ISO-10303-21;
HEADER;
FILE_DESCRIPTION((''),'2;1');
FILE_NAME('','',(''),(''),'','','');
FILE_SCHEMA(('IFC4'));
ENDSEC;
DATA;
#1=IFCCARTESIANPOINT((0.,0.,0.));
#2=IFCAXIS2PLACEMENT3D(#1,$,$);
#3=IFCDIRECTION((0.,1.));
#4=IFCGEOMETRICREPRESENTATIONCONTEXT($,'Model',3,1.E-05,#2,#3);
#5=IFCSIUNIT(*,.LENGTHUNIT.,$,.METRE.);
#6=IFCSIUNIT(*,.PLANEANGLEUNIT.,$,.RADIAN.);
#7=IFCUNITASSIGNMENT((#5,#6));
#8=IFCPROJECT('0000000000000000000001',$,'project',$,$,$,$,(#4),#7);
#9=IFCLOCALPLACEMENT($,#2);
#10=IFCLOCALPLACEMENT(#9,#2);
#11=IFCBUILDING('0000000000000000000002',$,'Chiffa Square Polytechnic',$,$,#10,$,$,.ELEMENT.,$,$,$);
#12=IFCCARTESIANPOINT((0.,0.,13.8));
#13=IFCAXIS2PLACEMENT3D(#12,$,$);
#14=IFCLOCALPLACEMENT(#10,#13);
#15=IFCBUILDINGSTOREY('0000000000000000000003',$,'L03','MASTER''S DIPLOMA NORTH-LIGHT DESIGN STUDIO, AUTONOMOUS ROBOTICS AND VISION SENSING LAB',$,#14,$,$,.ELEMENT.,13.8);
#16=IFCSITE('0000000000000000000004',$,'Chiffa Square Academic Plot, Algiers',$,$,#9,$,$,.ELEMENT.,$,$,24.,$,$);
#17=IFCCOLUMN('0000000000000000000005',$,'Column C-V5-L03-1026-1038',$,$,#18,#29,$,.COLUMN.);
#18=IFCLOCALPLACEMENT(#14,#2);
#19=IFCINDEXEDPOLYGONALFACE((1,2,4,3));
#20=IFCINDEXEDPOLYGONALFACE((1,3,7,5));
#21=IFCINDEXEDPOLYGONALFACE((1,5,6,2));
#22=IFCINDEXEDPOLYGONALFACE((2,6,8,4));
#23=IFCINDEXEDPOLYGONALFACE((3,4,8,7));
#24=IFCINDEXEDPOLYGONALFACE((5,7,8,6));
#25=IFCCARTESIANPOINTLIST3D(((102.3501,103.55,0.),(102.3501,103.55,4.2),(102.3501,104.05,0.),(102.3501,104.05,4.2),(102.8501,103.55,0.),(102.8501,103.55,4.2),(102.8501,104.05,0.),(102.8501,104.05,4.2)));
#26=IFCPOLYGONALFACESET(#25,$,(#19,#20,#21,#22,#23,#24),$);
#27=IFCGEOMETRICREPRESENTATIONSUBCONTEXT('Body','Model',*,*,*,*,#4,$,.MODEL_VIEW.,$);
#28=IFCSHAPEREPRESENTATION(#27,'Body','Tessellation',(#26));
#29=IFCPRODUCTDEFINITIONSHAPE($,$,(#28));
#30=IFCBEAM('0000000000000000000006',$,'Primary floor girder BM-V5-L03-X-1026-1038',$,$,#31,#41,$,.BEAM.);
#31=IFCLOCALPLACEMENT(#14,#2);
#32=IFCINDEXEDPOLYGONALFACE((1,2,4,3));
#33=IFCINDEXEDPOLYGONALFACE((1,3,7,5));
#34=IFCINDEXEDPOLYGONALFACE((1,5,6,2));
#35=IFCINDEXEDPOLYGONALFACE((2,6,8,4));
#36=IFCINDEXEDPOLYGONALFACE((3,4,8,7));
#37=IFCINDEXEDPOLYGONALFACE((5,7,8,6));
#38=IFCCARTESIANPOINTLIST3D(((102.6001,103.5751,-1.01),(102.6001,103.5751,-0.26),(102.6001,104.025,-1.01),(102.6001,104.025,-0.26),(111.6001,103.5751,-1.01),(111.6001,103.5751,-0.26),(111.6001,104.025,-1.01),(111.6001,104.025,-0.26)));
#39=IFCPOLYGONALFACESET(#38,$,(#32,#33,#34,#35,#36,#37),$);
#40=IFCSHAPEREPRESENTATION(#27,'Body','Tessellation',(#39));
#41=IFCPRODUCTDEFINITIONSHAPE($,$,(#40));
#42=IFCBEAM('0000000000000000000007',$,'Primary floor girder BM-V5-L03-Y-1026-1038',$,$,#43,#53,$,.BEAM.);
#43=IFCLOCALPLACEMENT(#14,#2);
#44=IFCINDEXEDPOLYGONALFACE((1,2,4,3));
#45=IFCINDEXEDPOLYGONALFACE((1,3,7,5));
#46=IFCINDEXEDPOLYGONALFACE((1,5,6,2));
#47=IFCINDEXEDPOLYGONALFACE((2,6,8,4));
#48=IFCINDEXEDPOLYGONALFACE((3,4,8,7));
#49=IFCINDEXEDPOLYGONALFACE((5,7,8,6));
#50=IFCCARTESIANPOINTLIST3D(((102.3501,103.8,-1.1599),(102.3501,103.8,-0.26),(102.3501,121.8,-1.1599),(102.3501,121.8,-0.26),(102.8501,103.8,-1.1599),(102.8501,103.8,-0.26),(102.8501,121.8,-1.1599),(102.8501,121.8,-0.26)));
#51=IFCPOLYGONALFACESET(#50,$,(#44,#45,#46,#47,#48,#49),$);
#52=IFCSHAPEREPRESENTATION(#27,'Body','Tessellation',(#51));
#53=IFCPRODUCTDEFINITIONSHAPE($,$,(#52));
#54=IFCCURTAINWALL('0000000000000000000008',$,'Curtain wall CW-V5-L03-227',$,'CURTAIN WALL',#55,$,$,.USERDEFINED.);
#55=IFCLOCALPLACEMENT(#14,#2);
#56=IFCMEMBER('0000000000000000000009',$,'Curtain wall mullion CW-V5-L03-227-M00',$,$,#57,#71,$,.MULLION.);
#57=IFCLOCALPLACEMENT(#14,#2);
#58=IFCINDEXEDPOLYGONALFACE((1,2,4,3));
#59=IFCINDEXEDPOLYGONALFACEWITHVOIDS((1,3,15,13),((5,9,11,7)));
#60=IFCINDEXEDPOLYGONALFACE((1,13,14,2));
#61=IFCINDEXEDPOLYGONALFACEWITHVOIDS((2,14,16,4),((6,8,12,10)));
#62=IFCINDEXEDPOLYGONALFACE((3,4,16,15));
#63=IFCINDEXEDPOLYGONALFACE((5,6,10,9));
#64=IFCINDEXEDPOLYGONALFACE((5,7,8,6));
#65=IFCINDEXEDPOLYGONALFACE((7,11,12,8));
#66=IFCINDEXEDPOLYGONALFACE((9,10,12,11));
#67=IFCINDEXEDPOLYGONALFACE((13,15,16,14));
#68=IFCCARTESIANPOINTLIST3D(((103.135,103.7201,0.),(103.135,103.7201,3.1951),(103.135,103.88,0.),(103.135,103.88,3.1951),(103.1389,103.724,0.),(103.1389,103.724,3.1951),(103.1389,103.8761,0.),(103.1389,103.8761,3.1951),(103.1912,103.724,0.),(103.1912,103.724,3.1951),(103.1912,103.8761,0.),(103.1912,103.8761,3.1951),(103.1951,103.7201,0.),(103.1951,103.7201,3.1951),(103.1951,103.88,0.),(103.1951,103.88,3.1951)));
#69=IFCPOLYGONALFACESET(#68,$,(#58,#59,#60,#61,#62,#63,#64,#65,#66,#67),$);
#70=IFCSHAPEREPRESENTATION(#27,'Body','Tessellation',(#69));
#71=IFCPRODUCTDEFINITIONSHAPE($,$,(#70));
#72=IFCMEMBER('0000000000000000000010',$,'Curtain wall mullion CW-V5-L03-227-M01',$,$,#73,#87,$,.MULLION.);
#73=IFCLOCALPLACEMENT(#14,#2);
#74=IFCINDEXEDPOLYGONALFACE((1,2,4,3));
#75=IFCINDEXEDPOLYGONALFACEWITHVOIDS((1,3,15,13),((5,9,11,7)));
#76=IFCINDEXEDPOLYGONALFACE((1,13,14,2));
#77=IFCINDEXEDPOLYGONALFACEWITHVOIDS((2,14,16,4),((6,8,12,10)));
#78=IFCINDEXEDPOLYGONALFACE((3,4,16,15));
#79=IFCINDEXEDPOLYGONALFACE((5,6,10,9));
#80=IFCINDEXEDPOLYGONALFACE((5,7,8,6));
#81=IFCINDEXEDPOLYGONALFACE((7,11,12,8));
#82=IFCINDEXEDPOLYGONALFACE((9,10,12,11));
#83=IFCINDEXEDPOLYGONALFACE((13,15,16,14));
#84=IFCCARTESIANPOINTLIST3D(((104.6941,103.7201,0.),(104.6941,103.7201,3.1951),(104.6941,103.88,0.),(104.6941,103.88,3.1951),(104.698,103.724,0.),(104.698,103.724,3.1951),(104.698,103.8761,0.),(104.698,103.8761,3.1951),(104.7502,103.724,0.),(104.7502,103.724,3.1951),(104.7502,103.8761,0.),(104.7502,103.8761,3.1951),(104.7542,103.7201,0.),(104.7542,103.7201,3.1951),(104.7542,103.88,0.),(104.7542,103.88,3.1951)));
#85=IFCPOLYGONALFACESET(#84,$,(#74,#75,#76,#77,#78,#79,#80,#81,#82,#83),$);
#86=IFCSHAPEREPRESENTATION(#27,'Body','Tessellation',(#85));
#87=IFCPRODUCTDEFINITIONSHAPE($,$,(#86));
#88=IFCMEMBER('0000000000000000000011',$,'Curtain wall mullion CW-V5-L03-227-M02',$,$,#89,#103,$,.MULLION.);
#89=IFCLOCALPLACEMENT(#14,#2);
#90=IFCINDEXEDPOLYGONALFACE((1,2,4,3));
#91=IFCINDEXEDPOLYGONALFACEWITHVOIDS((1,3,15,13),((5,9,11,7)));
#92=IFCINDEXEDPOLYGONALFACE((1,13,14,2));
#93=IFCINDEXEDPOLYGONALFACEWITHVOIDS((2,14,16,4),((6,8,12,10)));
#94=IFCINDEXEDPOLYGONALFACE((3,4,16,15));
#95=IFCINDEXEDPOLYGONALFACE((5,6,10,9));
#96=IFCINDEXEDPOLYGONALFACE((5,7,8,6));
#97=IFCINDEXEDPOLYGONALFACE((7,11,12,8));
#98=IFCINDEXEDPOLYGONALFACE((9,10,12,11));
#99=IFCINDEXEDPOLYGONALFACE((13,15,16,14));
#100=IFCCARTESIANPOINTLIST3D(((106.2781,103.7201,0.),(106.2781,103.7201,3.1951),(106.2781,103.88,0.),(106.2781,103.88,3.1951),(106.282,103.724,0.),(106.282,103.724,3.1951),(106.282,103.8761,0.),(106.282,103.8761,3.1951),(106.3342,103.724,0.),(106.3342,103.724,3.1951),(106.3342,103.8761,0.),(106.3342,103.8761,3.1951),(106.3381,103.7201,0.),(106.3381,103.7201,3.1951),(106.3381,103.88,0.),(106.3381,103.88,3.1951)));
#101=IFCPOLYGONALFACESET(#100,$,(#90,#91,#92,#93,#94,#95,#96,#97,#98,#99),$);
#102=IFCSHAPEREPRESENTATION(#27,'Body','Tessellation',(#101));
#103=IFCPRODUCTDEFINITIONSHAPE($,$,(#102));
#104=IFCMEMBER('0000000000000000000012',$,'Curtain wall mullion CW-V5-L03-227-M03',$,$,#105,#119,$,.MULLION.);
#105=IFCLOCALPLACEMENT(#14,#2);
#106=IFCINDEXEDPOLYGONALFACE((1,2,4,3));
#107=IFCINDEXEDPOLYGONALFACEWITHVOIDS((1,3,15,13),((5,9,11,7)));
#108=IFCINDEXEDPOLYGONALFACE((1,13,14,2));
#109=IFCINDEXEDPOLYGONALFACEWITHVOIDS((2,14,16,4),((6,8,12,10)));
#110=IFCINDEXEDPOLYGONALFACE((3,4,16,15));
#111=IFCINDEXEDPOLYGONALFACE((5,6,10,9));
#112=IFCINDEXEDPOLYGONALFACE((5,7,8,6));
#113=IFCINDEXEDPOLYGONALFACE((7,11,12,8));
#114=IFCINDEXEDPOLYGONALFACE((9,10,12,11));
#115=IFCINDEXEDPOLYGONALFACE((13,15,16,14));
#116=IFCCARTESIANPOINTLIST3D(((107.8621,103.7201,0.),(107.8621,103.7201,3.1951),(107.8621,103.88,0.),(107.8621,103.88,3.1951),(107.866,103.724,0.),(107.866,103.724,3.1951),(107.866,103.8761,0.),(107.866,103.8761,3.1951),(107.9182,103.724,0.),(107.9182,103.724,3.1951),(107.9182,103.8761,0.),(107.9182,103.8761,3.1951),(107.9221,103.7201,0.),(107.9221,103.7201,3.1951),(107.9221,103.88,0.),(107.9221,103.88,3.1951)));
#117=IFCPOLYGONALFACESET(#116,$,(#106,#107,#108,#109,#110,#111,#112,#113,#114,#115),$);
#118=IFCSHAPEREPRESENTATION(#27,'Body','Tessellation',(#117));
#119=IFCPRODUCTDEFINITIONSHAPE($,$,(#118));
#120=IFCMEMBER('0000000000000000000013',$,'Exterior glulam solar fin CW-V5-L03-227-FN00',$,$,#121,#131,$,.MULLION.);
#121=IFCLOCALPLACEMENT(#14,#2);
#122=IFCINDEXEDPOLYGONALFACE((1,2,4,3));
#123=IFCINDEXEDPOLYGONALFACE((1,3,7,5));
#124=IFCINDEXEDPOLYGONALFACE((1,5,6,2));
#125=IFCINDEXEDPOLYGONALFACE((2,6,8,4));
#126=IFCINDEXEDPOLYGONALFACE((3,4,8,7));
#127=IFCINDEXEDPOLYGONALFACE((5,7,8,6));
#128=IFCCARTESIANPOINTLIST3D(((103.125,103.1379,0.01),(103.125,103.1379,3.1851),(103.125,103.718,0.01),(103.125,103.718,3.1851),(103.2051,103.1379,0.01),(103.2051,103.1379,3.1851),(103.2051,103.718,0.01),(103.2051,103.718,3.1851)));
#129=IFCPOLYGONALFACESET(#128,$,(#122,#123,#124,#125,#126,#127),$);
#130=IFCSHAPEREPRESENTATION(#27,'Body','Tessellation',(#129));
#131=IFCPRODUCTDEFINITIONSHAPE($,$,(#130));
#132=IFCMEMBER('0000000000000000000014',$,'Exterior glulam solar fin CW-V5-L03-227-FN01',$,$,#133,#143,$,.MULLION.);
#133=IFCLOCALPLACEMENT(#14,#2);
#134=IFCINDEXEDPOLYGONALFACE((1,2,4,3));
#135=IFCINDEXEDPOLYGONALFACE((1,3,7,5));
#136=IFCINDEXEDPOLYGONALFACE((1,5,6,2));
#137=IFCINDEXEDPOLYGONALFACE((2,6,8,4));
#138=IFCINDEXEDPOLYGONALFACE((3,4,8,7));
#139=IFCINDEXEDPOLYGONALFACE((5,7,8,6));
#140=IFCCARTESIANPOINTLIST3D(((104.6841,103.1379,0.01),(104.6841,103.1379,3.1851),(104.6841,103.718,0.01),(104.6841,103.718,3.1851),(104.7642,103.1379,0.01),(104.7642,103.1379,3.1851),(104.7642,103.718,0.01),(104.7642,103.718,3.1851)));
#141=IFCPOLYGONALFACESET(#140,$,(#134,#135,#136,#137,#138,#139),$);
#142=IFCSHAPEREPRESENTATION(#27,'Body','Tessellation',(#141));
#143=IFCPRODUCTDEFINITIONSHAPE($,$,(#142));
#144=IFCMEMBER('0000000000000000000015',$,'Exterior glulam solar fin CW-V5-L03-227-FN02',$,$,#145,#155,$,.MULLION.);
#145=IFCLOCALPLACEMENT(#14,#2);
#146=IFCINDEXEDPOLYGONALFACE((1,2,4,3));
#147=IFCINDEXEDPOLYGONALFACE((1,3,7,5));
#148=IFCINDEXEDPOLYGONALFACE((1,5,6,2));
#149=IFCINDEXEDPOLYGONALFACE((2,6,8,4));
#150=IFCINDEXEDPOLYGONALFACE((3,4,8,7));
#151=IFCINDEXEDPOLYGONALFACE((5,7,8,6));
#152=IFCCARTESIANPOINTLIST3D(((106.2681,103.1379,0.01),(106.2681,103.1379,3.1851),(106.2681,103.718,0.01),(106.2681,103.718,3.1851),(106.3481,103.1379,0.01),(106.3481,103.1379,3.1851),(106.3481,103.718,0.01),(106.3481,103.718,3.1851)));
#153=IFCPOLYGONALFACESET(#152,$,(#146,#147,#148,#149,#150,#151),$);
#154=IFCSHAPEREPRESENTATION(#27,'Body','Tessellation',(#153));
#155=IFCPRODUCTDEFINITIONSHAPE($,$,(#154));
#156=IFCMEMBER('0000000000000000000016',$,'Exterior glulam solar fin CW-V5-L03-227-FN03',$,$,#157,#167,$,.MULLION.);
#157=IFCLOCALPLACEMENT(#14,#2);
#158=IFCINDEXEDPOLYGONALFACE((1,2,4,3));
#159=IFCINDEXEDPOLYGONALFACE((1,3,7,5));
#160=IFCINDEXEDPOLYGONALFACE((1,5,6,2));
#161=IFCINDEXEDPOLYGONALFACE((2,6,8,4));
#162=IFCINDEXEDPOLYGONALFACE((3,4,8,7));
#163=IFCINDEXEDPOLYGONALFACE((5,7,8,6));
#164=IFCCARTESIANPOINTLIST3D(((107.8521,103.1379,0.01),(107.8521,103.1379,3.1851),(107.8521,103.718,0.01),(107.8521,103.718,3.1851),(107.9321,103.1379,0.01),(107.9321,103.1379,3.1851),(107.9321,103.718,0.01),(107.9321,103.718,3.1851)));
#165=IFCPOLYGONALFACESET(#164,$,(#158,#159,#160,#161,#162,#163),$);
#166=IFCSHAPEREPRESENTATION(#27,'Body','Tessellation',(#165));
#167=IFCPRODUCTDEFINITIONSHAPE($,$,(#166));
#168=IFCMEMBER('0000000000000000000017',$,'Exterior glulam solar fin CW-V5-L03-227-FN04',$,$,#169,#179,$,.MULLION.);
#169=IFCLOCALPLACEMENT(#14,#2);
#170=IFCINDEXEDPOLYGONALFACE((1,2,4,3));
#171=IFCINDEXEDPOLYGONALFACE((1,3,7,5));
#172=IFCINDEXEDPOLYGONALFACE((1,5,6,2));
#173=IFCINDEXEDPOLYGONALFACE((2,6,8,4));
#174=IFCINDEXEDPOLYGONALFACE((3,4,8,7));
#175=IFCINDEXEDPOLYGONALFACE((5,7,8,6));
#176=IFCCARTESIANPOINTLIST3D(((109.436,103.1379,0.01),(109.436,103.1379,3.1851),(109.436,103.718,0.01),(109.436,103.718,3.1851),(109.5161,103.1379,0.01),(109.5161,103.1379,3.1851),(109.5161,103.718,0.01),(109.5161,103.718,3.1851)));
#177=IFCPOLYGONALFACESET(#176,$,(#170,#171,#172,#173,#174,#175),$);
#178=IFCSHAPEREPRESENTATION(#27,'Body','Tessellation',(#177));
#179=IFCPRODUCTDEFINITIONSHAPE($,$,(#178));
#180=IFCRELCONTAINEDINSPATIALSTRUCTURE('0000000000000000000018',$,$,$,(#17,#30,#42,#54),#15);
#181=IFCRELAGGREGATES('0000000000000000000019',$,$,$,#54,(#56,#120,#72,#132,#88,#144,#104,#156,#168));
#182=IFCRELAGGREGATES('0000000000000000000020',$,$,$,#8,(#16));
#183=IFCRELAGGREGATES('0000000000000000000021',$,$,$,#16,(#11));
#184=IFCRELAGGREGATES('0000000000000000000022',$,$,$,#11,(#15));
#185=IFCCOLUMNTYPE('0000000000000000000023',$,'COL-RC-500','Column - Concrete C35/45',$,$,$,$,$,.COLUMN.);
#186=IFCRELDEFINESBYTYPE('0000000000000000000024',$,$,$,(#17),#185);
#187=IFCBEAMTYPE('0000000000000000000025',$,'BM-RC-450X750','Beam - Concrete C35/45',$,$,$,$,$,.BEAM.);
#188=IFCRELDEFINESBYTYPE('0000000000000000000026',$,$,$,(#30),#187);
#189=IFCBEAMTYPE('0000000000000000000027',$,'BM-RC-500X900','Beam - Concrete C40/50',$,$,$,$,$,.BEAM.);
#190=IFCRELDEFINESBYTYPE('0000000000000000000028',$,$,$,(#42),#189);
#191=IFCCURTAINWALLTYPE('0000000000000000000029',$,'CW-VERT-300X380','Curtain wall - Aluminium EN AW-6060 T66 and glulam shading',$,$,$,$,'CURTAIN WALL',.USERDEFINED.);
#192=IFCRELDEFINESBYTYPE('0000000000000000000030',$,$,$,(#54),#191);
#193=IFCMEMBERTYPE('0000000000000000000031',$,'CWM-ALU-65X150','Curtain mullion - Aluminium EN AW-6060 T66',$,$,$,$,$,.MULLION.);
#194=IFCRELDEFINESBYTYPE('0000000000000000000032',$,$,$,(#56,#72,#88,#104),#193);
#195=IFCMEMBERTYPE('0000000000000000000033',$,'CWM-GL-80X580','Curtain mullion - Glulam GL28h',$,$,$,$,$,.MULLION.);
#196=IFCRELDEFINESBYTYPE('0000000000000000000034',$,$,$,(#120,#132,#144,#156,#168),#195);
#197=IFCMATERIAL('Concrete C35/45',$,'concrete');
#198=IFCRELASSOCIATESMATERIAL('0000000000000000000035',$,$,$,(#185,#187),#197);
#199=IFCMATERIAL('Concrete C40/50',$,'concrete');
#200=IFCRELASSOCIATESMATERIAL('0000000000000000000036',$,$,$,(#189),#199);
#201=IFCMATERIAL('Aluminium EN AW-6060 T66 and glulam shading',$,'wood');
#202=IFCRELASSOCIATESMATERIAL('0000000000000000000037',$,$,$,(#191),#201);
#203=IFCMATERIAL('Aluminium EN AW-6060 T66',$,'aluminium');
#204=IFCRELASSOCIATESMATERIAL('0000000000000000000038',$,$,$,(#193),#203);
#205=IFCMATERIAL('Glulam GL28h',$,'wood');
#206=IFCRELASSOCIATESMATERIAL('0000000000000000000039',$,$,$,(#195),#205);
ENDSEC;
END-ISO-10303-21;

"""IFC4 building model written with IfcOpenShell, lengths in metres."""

from ifc_helpers import new_model, si_unit, direction, frame, origin, origin_2d, place, context, subcontext, project, spatial, rectangle, hollow_rectangle, extrude, material, material_profile, profile_set, type_object, element, aggregate, save


model = new_model("IFC4")

# Units and contexts
model_context = context("Model", 3, precision=1e-05, world=origin(), true_north=direction((0.0, 1.0)))
body_context = subcontext(model_context, "Body", "Model", "MODEL_VIEW")
ifc_project = project(units=[si_unit("LENGTHUNIT", "METRE"), si_unit("PLANEANGLEUNIT", "RADIAN")], contexts=[model_context])

# Site, building, storey
site_placement = place(None, origin())
site = spatial("IfcSite", under=ifc_project, at=site_placement, Name="Chiffa Square Academic Plot, Algiers", CompositionType="ELEMENT", RefElevation=24.0)
building_placement = place(site_placement, origin())
building = spatial("IfcBuilding", under=site, at=building_placement, Name="Chiffa Square Polytechnic", CompositionType="ELEMENT")
storey_placement = place(building_placement, frame((0.0, 0.0, 13.8)))
storey = spatial("IfcBuildingStorey", under=building, at=storey_placement, Name="L03", Description="MASTER'S DIPLOMA NORTH-LIGHT DESIGN STUDIO, AUTONOMOUS ROBOTICS AND VISION SENSING LAB", CompositionType="ELEMENT", Elevation=13.8)

# Column
ifc_material_1 = material(Name="Concrete C35/45", Category="concrete")
ifc_material_profile_1 = material_profile(ifc_material_1, rectangle(XDim=0.5, YDim=0.5, at=origin_2d()), Name="RC 500x500")
ifc_profile_set_1 = profile_set([ifc_material_profile_1], Name="Concrete C35/45")
column_type = type_object("IfcColumnType", Name="COL-RC-500", Description="Column - Concrete C35/45", PredefinedType="COLUMN", material=ifc_profile_set_1)
column_placement = place(storey_placement, frame((102.6001, 103.8, 0.0), z_axis=(0.0, 0.0, 1.0), x_axis=(1.0, 0.0, 0.0)))
element("IfcColumn", 1, at=column_placement, inside=storey, type_object=column_type, Name="Column C-V5-L03-1026-1038", PredefinedType="COLUMN", context=body_context, shape_type="SweptSolid", body=[
    extrude(rectangle(XDim=0.5, YDim=0.5, at=origin_2d()), origin(), (0.0, 0.0, 1.0), 4.2),
])

# Beams
ifc_material_profile_2 = material_profile(ifc_material_1, rectangle(XDim=0.45, YDim=0.75, at=origin_2d()), Name="RC 450x750")
ifc_profile_set_2 = profile_set([ifc_material_profile_2], Name="Concrete C35/45")
beam_type_1 = type_object("IfcBeamType", Name="BM-RC-450X750", Description="Beam - Concrete C35/45", PredefinedType="BEAM", material=ifc_profile_set_2)
beam_1_placement = place(storey_placement, frame((102.6001, 103.8, -0.635), z_axis=(1.0, 0.0, 0.0), x_axis=(0.0, 1.0, 0.0)))
element("IfcBeam", 2, at=beam_1_placement, inside=storey, type_object=beam_type_1, Name="Primary floor girder BM-V5-L03-X-1026-1038", PredefinedType="BEAM", context=body_context, shape_type="SweptSolid", body=[
    extrude(rectangle(XDim=0.45, YDim=0.75, at=origin_2d()), origin(), (0.0, 0.0, 1.0), 9.0),
])
ifc_material_2 = material(Name="Concrete C40/50", Category="concrete")
ifc_material_profile_3 = material_profile(ifc_material_2, rectangle(XDim=0.5, YDim=0.8999, at=origin_2d()), Name="RC 500x900")
ifc_profile_set_3 = profile_set([ifc_material_profile_3], Name="Concrete C40/50")
beam_type_2 = type_object("IfcBeamType", Name="BM-RC-500X900", Description="Beam - Concrete C40/50", PredefinedType="BEAM", material=ifc_profile_set_3)
beam_2_placement = place(storey_placement, frame((102.6001, 103.8, -0.71), z_axis=(0.0, 1.0, 0.0), x_axis=(-1.0, 0.0, 0.0)))
element("IfcBeam", 3, at=beam_2_placement, inside=storey, type_object=beam_type_2, Name="Primary floor girder BM-V5-L03-Y-1026-1038", PredefinedType="BEAM", context=body_context, shape_type="SweptSolid", body=[
    extrude(rectangle(XDim=0.5, YDim=0.8999, at=origin_2d()), origin(), (0.0, 0.0, 1.0), 18.0),
])

# Curtain wall, members
ifc_material_3 = material(Name="Aluminium EN AW-6060 T66 and glulam shading", Category="wood")
curtain_wall_type = type_object("IfcCurtainWallType", Name="CW-VERT-300X380", Description="Curtain wall - Aluminium EN AW-6060 T66 and glulam shading", ElementType="CURTAIN WALL", PredefinedType="USERDEFINED", material=ifc_material_3)
curtain_wall_placement = place(storey_placement, origin())
curtain_wall = element("IfcCurtainWall", 4, at=curtain_wall_placement, inside=storey, type_object=curtain_wall_type, Name="Curtain wall CW-V5-L03-227", ObjectType="CURTAIN WALL", PredefinedType="USERDEFINED")
ifc_material_4 = material(Name="Aluminium EN AW-6060 T66", Category="aluminium")
ifc_material_profile_4 = material_profile(ifc_material_4, hollow_rectangle(XDim=0.0601, YDim=0.1599, WallThickness=0.0039, at=origin_2d()), Name="ALU 60x160x4")
ifc_profile_set_4 = profile_set([ifc_material_profile_4], Name="Aluminium EN AW-6060 T66")
member_type_1 = type_object("IfcMemberType", Name="CWM-ALU-65X150", Description="Curtain mullion - Aluminium EN AW-6060 T66", PredefinedType="MULLION", material=ifc_profile_set_4)
member_1_placement = place(storey_placement, frame((103.165, 103.8, 0.0), z_axis=(0.0, 0.0, 1.0), x_axis=(1.0, 0.0, 0.0)))
member_1 = element("IfcMember", 5, at=member_1_placement, type_object=member_type_1, Name="Curtain wall mullion CW-V5-L03-227-M00", PredefinedType="MULLION", context=body_context, shape_type="SweptSolid", body=[
    extrude(hollow_rectangle(XDim=0.0601, YDim=0.1599, WallThickness=0.0039, at=origin_2d()), origin(), (0.0, 0.0, 1.0), 3.1951),
])
member_2_placement = place(storey_placement, frame((104.7241, 103.8, 0.0), z_axis=(0.0, 0.0, 1.0), x_axis=(1.0, 0.0, 0.0)))
member_2 = element("IfcMember", 6, at=member_2_placement, type_object=member_type_1, Name="Curtain wall mullion CW-V5-L03-227-M01", PredefinedType="MULLION", context=body_context, shape_type="SweptSolid", body=[
    extrude(hollow_rectangle(XDim=0.0601, YDim=0.1599, WallThickness=0.0039, at=origin_2d()), origin(), (0.0, 0.0, 1.0), 3.1951),
])
member_3_placement = place(storey_placement, frame((106.3081, 103.8, 0.0), z_axis=(0.0, 0.0, 1.0), x_axis=(1.0, 0.0, 0.0)))
member_3 = element("IfcMember", 7, at=member_3_placement, type_object=member_type_1, Name="Curtain wall mullion CW-V5-L03-227-M02", PredefinedType="MULLION", context=body_context, shape_type="SweptSolid", body=[
    extrude(hollow_rectangle(XDim=0.0601, YDim=0.1599, WallThickness=0.0039, at=origin_2d()), origin(), (0.0, 0.0, 1.0), 3.1951),
])
member_4_placement = place(storey_placement, frame((107.8921, 103.8, 0.0), z_axis=(0.0, 0.0, 1.0), x_axis=(1.0, 0.0, 0.0)))
member_4 = element("IfcMember", 8, at=member_4_placement, type_object=member_type_1, Name="Curtain wall mullion CW-V5-L03-227-M03", PredefinedType="MULLION", context=body_context, shape_type="SweptSolid", body=[
    extrude(hollow_rectangle(XDim=0.0601, YDim=0.1599, WallThickness=0.0039, at=origin_2d()), origin(), (0.0, 0.0, 1.0), 3.1951),
])
ifc_material_5 = material(Name="Glulam GL28h", Category="wood")
ifc_material_profile_5 = material_profile(ifc_material_5, rectangle(XDim=0.0801, YDim=0.5801, at=origin_2d()), Name="GL28h 80x580")
ifc_profile_set_5 = profile_set([ifc_material_profile_5], Name="Glulam GL28h")
member_type_2 = type_object("IfcMemberType", Name="CWM-GL-80X580", Description="Curtain mullion - Glulam GL28h", PredefinedType="MULLION", material=ifc_profile_set_5)
member_5_placement = place(storey_placement, frame((103.165, 103.428, 0.01), z_axis=(0.0, 0.0, 1.0), x_axis=(1.0, 0.0, 0.0)))
member_5 = element("IfcMember", 9, at=member_5_placement, type_object=member_type_2, Name="Exterior glulam solar fin CW-V5-L03-227-FN00", PredefinedType="MULLION", context=body_context, shape_type="SweptSolid", body=[
    extrude(rectangle(XDim=0.0801, YDim=0.5801, at=origin_2d()), origin(), (0.0, 0.0, 1.0), 3.175),
])
member_6_placement = place(storey_placement, frame((104.7241, 103.428, 0.01), z_axis=(0.0, 0.0, 1.0), x_axis=(1.0, 0.0, 0.0)))
member_6 = element("IfcMember", 10, at=member_6_placement, type_object=member_type_2, Name="Exterior glulam solar fin CW-V5-L03-227-FN01", PredefinedType="MULLION", context=body_context, shape_type="SweptSolid", body=[
    extrude(rectangle(XDim=0.0801, YDim=0.5801, at=origin_2d()), origin(), (0.0, 0.0, 1.0), 3.175),
])
member_7_placement = place(storey_placement, frame((106.3081, 103.428, 0.01), z_axis=(0.0, 0.0, 1.0), x_axis=(1.0, 0.0, 0.0)))
member_7 = element("IfcMember", 11, at=member_7_placement, type_object=member_type_2, Name="Exterior glulam solar fin CW-V5-L03-227-FN02", PredefinedType="MULLION", context=body_context, shape_type="SweptSolid", body=[
    extrude(rectangle(XDim=0.0801, YDim=0.5801, at=origin_2d()), origin(), (0.0, 0.0, 1.0), 3.175),
])
member_8_placement = place(storey_placement, frame((107.8921, 103.428, 0.01), z_axis=(0.0, 0.0, 1.0), x_axis=(1.0, 0.0, 0.0)))
member_8 = element("IfcMember", 12, at=member_8_placement, type_object=member_type_2, Name="Exterior glulam solar fin CW-V5-L03-227-FN03", PredefinedType="MULLION", context=body_context, shape_type="SweptSolid", body=[
    extrude(rectangle(XDim=0.0801, YDim=0.5801, at=origin_2d()), origin(), (0.0, 0.0, 1.0), 3.175),
])
member_9_placement = place(storey_placement, frame((109.4761, 103.428, 0.01), z_axis=(0.0, 0.0, 1.0), x_axis=(1.0, 0.0, 0.0)))
member_9 = element("IfcMember", 13, at=member_9_placement, type_object=member_type_2, Name="Exterior glulam solar fin CW-V5-L03-227-FN04", PredefinedType="MULLION", context=body_context, shape_type="SweptSolid", body=[
    extrude(rectangle(XDim=0.0801, YDim=0.5801, at=origin_2d()), origin(), (0.0, 0.0, 1.0), 3.175),
])

aggregate(curtain_wall, [member_1, member_5, member_2, member_6, member_3, member_7, member_4, member_8, member_9])

save(model, "model.ifc")
